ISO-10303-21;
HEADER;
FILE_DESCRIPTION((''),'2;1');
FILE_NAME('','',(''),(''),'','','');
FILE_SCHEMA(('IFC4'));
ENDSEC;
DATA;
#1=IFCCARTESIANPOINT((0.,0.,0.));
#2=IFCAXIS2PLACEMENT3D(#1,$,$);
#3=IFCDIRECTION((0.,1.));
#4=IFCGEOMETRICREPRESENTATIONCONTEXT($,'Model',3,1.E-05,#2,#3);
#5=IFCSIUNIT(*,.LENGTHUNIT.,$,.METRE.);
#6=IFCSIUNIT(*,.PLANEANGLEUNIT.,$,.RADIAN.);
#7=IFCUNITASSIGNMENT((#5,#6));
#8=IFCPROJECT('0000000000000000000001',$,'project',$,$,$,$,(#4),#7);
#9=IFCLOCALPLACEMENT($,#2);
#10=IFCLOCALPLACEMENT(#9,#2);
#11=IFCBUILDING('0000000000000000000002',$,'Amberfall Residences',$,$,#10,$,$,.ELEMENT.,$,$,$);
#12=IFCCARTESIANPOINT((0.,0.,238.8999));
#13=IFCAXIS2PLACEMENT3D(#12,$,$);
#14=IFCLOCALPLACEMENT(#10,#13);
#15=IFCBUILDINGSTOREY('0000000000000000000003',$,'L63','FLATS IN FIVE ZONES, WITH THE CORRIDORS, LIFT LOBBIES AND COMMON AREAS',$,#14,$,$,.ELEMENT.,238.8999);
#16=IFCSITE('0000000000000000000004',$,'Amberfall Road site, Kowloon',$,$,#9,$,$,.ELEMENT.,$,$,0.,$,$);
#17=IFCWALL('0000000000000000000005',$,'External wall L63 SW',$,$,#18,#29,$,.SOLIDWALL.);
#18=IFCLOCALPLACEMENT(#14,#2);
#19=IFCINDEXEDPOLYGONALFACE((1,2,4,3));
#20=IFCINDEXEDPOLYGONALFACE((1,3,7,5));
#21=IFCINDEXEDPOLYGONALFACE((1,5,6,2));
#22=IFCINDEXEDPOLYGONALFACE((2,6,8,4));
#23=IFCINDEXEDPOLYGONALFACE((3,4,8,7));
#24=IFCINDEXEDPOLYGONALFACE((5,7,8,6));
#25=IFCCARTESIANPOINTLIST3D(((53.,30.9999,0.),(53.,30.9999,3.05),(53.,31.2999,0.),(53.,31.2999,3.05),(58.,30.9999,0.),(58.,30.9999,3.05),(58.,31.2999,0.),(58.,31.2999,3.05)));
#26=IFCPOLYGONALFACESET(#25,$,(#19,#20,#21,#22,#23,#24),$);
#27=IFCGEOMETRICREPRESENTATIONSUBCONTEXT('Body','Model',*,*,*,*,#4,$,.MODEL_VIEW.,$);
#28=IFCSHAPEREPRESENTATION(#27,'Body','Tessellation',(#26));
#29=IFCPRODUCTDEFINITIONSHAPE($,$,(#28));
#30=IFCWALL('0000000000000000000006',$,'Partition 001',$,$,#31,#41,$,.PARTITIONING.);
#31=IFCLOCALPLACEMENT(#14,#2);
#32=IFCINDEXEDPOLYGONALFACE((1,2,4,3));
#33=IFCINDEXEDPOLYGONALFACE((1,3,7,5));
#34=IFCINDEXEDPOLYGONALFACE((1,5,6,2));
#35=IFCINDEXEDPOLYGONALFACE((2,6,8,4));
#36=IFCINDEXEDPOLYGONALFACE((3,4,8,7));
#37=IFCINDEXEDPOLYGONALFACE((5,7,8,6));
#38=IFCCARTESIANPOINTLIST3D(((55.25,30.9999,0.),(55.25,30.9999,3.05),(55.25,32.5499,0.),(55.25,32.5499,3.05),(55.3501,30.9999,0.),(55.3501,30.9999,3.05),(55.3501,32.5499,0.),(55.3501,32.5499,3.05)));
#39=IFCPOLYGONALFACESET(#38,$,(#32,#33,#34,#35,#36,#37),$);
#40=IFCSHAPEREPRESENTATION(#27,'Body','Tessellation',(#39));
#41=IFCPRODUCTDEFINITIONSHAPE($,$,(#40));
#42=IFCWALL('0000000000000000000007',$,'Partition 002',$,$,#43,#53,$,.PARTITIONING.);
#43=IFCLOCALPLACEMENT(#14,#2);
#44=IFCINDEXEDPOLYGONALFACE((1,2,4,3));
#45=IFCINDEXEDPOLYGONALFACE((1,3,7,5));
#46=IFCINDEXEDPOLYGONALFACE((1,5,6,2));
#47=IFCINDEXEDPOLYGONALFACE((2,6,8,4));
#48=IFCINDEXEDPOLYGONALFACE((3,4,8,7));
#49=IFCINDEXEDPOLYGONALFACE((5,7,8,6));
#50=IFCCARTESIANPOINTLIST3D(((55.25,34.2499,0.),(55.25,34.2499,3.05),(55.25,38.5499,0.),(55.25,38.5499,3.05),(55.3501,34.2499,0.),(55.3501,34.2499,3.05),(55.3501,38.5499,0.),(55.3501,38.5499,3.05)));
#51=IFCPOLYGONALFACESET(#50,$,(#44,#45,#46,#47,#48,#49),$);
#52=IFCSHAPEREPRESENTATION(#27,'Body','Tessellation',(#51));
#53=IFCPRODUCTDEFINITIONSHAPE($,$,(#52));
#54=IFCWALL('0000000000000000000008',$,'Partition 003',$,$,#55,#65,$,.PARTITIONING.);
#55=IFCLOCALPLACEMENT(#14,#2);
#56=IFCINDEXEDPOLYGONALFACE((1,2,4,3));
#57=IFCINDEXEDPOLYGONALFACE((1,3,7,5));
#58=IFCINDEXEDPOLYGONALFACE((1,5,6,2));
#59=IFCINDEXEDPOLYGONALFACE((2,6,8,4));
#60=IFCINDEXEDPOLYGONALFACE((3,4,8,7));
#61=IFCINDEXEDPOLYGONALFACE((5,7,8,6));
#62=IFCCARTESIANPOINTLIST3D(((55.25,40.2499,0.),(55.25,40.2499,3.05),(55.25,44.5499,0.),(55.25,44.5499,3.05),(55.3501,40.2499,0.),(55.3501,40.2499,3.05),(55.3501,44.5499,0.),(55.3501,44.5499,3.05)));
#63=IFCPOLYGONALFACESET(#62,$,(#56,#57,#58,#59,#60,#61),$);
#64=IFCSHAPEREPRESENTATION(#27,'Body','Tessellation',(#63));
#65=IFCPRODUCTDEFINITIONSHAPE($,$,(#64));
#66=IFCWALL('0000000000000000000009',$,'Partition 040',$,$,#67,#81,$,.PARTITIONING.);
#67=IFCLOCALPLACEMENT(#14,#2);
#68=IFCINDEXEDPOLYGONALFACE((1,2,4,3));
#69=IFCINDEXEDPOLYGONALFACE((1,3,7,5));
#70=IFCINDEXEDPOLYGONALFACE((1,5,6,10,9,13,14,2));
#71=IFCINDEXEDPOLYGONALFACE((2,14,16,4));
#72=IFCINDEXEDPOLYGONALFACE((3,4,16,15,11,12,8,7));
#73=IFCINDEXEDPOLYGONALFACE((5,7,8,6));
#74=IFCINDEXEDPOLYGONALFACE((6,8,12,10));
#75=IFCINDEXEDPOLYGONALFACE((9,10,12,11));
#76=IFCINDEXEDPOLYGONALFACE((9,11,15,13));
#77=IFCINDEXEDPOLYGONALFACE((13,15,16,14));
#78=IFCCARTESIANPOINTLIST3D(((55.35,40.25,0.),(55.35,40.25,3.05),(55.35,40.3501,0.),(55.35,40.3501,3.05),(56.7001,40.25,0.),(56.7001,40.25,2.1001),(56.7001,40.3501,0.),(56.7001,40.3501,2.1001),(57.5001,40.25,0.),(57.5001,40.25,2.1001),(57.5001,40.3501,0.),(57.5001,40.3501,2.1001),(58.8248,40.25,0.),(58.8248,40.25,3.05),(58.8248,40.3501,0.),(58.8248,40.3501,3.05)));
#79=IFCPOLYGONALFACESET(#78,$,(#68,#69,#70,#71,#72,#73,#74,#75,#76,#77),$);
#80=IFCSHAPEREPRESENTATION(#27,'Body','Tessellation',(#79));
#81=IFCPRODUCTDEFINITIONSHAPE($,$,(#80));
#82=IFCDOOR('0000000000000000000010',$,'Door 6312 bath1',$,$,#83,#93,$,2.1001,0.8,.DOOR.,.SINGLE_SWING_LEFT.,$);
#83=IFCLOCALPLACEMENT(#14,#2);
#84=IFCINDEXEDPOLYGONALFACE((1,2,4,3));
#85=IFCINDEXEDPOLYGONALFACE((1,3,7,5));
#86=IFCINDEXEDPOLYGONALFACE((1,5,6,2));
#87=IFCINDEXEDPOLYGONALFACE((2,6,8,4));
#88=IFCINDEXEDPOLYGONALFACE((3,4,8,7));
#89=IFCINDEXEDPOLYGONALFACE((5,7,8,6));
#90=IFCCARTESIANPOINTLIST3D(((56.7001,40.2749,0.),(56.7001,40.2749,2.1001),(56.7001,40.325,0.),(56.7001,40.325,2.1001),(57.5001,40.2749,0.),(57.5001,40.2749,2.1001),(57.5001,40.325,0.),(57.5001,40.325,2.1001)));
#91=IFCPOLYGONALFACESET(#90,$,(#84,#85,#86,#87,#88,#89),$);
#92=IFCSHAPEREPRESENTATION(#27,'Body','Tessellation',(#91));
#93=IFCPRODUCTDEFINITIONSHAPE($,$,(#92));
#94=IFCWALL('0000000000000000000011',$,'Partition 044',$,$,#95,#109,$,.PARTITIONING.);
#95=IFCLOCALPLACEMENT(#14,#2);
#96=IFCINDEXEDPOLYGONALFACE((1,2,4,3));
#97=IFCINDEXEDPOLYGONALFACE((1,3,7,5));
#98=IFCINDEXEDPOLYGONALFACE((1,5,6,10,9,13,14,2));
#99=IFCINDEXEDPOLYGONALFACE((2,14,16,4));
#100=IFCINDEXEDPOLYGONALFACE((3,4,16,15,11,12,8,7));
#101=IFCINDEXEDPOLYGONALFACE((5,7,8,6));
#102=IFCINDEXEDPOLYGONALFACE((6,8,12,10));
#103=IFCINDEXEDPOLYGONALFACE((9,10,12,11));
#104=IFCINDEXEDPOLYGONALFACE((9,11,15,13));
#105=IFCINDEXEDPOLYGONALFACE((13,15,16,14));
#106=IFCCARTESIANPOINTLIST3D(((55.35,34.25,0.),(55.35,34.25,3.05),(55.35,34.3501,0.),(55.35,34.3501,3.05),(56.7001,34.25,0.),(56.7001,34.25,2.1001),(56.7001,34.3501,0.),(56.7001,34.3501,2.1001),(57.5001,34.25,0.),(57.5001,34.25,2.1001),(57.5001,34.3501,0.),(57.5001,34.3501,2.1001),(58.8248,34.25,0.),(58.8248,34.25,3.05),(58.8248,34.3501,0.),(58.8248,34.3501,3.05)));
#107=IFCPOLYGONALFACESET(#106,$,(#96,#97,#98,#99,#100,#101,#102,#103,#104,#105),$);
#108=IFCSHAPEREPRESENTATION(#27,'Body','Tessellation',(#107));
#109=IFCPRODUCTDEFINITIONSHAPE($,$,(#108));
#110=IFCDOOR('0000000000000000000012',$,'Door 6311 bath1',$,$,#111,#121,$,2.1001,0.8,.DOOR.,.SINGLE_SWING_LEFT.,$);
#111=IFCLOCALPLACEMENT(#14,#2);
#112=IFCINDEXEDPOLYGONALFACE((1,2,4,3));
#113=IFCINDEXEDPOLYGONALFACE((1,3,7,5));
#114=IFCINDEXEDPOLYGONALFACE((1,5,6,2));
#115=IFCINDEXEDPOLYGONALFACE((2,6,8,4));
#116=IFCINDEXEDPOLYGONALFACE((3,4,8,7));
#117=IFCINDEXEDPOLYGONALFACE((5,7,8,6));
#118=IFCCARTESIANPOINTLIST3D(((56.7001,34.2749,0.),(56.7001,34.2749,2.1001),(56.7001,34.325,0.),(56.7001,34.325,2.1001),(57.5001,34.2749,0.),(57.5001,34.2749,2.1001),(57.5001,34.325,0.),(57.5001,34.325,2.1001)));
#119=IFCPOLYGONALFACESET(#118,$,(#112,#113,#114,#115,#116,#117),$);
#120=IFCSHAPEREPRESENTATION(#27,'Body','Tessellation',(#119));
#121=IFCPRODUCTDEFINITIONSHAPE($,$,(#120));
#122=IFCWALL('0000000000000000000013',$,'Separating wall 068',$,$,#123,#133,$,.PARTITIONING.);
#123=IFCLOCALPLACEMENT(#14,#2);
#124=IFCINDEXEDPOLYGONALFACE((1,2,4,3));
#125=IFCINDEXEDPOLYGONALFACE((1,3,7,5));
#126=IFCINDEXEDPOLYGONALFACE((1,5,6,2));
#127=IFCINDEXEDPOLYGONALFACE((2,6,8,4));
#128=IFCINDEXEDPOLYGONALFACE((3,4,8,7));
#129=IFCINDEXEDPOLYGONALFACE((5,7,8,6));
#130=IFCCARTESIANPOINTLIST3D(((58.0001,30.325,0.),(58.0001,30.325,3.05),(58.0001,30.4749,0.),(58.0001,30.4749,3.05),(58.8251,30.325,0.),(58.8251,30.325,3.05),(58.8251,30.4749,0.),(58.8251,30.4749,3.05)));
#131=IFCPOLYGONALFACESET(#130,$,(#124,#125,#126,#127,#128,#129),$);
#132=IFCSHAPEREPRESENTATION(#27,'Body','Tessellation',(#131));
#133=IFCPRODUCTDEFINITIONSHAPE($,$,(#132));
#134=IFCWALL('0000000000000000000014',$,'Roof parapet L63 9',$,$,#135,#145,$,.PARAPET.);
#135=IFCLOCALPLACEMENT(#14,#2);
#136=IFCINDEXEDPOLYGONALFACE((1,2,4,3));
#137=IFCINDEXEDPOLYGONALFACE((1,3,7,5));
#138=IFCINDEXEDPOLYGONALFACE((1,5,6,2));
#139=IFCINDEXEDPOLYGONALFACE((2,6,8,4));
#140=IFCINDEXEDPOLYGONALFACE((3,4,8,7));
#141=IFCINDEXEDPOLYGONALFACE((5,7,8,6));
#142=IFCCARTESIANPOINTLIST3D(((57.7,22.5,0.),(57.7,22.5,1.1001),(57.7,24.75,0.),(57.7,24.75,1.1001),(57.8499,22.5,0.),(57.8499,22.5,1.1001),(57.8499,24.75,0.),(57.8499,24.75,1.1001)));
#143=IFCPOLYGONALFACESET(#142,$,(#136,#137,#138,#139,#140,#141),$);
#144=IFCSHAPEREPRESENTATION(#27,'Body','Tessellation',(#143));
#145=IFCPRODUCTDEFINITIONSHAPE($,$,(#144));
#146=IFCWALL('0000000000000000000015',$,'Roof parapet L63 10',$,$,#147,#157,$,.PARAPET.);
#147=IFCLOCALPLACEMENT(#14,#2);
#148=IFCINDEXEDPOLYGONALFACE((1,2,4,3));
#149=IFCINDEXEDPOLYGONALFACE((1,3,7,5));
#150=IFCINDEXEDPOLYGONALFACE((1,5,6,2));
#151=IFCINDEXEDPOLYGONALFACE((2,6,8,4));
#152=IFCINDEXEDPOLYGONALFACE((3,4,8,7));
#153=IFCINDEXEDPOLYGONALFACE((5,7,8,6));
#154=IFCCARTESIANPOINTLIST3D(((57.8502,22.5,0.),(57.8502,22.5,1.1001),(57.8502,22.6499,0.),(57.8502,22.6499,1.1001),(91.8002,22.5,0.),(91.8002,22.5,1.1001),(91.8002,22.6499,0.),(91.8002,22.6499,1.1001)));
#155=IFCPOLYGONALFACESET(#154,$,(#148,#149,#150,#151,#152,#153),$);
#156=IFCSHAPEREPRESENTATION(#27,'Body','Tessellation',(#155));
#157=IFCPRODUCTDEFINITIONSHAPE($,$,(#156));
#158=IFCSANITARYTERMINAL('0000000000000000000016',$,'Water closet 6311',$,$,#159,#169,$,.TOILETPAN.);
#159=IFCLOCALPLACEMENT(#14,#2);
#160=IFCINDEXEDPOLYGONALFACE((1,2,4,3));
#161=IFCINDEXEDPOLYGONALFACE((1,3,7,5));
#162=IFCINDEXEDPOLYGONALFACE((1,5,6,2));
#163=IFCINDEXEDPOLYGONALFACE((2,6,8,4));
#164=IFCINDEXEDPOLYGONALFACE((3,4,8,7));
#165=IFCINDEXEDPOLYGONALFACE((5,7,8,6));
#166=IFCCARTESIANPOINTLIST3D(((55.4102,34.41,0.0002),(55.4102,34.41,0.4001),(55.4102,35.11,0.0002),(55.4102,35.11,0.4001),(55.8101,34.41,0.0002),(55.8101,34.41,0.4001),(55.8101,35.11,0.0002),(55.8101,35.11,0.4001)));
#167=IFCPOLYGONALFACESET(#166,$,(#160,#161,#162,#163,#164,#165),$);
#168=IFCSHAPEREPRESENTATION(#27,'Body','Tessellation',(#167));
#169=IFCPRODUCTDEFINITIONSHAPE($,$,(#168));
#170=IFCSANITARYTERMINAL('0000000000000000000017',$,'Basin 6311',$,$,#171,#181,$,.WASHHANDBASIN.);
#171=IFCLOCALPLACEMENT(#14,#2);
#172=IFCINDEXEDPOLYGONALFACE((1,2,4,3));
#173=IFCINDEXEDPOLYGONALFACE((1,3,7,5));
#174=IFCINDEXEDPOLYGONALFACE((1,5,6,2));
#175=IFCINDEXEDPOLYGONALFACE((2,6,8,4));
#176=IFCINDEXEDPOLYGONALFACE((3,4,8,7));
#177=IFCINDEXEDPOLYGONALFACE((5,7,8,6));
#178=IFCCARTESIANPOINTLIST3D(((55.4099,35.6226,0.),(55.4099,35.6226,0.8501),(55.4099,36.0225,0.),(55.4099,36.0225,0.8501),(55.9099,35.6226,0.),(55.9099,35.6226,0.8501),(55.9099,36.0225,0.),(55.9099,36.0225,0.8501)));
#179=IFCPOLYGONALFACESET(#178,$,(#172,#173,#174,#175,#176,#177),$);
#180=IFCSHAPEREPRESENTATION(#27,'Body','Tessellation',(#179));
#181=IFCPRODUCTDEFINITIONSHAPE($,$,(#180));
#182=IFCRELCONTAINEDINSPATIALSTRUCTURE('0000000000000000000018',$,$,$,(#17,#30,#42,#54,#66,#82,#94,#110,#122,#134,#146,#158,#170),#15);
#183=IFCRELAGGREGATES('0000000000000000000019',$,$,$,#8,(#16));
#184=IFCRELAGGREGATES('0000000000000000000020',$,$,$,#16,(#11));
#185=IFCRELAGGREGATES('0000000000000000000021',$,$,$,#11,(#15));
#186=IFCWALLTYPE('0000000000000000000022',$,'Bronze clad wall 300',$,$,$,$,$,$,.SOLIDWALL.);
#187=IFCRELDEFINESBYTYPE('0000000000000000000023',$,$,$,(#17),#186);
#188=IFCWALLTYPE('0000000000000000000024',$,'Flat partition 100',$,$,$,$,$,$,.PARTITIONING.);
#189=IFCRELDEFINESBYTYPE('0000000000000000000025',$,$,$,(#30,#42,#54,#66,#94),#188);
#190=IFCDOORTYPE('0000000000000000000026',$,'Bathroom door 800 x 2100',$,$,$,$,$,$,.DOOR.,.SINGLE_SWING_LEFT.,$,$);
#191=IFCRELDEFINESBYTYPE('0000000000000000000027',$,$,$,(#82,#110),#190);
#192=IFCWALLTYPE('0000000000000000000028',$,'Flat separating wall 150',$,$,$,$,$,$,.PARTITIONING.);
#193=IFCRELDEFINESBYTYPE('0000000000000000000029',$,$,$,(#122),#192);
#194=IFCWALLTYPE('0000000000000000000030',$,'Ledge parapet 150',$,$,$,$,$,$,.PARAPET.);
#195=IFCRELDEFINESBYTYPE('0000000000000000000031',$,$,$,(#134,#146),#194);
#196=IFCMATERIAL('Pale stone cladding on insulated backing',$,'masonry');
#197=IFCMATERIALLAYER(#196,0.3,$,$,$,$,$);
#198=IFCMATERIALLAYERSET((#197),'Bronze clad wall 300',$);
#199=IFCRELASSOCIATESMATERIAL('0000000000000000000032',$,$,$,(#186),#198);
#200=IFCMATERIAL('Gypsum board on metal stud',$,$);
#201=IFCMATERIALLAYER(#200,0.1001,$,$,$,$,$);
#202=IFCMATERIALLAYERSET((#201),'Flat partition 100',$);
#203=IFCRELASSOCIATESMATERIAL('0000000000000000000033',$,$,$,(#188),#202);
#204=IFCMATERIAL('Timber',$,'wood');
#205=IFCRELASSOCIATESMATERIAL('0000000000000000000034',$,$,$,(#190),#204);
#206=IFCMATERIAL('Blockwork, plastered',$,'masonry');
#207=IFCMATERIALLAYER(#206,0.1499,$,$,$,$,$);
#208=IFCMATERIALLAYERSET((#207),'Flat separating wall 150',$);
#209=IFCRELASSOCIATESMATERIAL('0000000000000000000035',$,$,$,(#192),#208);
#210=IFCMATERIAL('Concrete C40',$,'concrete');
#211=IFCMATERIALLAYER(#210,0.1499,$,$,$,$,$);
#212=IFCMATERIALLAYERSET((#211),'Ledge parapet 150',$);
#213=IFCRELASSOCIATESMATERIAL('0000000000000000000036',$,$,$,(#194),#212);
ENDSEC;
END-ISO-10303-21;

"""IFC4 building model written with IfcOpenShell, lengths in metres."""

from ifc_helpers import new_model, si_unit, direction, frame, frame_2d, origin, origin_2d, place, context, subcontext, project, spatial, rectangle, extrude, material, layer, layer_set, type_object, element, fill, save


model = new_model("IFC4")

# Units and contexts
model_context = context("Model", 3, precision=1e-05, world=origin(), true_north=direction((0.0, 1.0)))
body_context = subcontext(model_context, "Body", "Model", "MODEL_VIEW")
ifc_project = project(units=[si_unit("LENGTHUNIT", "METRE"), si_unit("PLANEANGLEUNIT", "RADIAN")], contexts=[model_context])

# Site, building, storey
site_placement = place(None, origin())
site = spatial("IfcSite", under=ifc_project, at=site_placement, Name="Amberfall Road site, Kowloon", CompositionType="ELEMENT", RefElevation=0.0)
building_placement = place(site_placement, origin())
building = spatial("IfcBuilding", under=site, at=building_placement, Name="Amberfall Residences", CompositionType="ELEMENT")
storey_placement = place(building_placement, frame((0.0, 0.0, 238.8999)))
storey = spatial("IfcBuildingStorey", under=building, at=storey_placement, Name="L63", Description="FLATS IN FIVE ZONES, WITH THE CORRIDORS, LIFT LOBBIES AND COMMON AREAS", CompositionType="ELEMENT", Elevation=238.8999)

# Walls
ifc_material_1 = material(Name="Pale stone cladding on insulated backing", Category="masonry")
ifc_layer_1 = layer(ifc_material_1, 0.3)
ifc_layer_set_1 = layer_set([ifc_layer_1], Name="Bronze clad wall 300")
wall_type_1 = type_object("IfcWallType", Name="Bronze clad wall 300", PredefinedType="SOLIDWALL", material=ifc_layer_set_1)
wall_1_placement = place(storey_placement, frame((53.0, 31.1499, 0.0), z_axis=(0.0, 0.0, 1.0), x_axis=(1.0, 0.0, 0.0)))
element("IfcWall", 1, at=wall_1_placement, inside=storey, type_object=wall_type_1, Name="External wall L63 SW", PredefinedType="SOLIDWALL", context=body_context, shape_type="SweptSolid", body=[
    extrude(rectangle(XDim=5.0, YDim=0.3, at=frame_2d((2.5, 0.0))), origin(), (0.0, 0.0, 1.0), 3.05),
])
ifc_material_2 = material(Name="Gypsum board on metal stud")
ifc_layer_2 = layer(ifc_material_2, 0.1001)
ifc_layer_set_2 = layer_set([ifc_layer_2], Name="Flat partition 100")
wall_type_2 = type_object("IfcWallType", Name="Flat partition 100", PredefinedType="PARTITIONING", material=ifc_layer_set_2)
wall_2_placement = place(storey_placement, frame((55.3, 31.0, 0.0), z_axis=(0.0, 0.0, 1.0), x_axis=(0.0, 1.0, 0.0)))
element("IfcWall", 2, at=wall_2_placement, inside=storey, type_object=wall_type_2, Name="Partition 001", PredefinedType="PARTITIONING", context=body_context, shape_type="SweptSolid", body=[
    extrude(rectangle(XDim=1.55, YDim=0.1001, at=frame_2d((0.7749, 0.0))), origin(), (0.0, 0.0, 1.0), 3.05),
])
for number, where, z_axis, x_axis, name in (
    (3, (55.3, 34.25, 0.0), (0.0, 0.0, 1.0), (0.0, 1.0, 0.0), "Partition 002"),
    (4, (55.3, 40.25, 0.0), (0.0, 0.0, 1.0), (0.0, 1.0, 0.0), "Partition 003"),
):
    element("IfcWall", number, at=place(storey_placement, frame(where, z_axis=z_axis, x_axis=x_axis)), inside=storey, type_object=wall_type_2, Name=name, PredefinedType="PARTITIONING", context=body_context, shape_type="SweptSolid", body=[
        extrude(rectangle(XDim=4.3, YDim=0.1001, at=frame_2d((2.1499, 0.0))), origin(), (0.0, 0.0, 1.0), 3.05),
    ])

# Walls, openings, doors
wall_3_placement = place(storey_placement, frame((55.3501, 40.3, 0.0), z_axis=(0.0, 0.0, 1.0), x_axis=(1.0, 0.0, 0.0)))
wall_3 = element("IfcWall", 5, at=wall_3_placement, inside=storey, type_object=wall_type_2, Name="Partition 040", PredefinedType="PARTITIONING", context=body_context, shape_type="SweptSolid", body=[
    extrude(rectangle(XDim=3.4749, YDim=0.1001, at=frame_2d((1.7373, 0.0))), origin(), (0.0, 0.0, 1.0), 3.05),
])
opening_1_placement = place(wall_3_placement, frame((1.3501, 0.0, 0.0)))
opening_1 = element("IfcOpeningElement", 6, at=opening_1_placement, cuts=wall_3, PredefinedType="OPENING", context=body_context, shape_type="SweptSolid", body=[
    extrude(rectangle(XDim=0.8, YDim=2.1001, at=frame_2d((0.3999, 1.05))), frame((0.0, 0.0601, 0.0), z_axis=(0.0, -1.0, 0.0), x_axis=(1.0, 0.0, 0.0)), (0.0, 0.0, 1.0), 0.1201),
])
ifc_material_3 = material(Name="Timber", Category="wood")
door_type = type_object("IfcDoorType", Name="Bathroom door 800 x 2100", OperationType="SINGLE_SWING_LEFT", PredefinedType="DOOR", material=ifc_material_3)
door_1_placement = place(opening_1_placement, origin())
door_1 = element("IfcDoor", 7, at=door_1_placement, inside=storey, type_object=door_type, Name="Door 6312 bath1", OperationType="SINGLE_SWING_LEFT", OverallHeight=2.1001, OverallWidth=0.8, PredefinedType="DOOR", context=body_context, shape_type="SweptSolid", body=[
    extrude(rectangle(XDim=0.8, YDim=2.1001, at=frame_2d((0.3999, 1.05))), frame((0.0, 0.0249, 0.0), z_axis=(0.0, -1.0, 0.0), x_axis=(1.0, 0.0, 0.0)), (0.0, 0.0, 1.0), 0.05),
])
fill(opening_1, door_1)
wall_4_placement = place(storey_placement, frame((55.3501, 34.3, 0.0), z_axis=(0.0, 0.0, 1.0), x_axis=(1.0, 0.0, 0.0)))
wall_4 = element("IfcWall", 8, at=wall_4_placement, inside=storey, type_object=wall_type_2, Name="Partition 044", PredefinedType="PARTITIONING", context=body_context, shape_type="SweptSolid", body=[
    extrude(rectangle(XDim=3.4749, YDim=0.1001, at=frame_2d((1.7373, 0.0))), origin(), (0.0, 0.0, 1.0), 3.05),
])
opening_2_placement = place(wall_4_placement, frame((1.3501, 0.0, 0.0)))
opening_2 = element("IfcOpeningElement", 9, at=opening_2_placement, cuts=wall_4, PredefinedType="OPENING", context=body_context, shape_type="SweptSolid", body=[
    extrude(rectangle(XDim=0.8, YDim=2.1001, at=frame_2d((0.3999, 1.05))), frame((0.0, 0.0601, 0.0), z_axis=(0.0, -1.0, 0.0), x_axis=(1.0, 0.0, 0.0)), (0.0, 0.0, 1.0), 0.1201),
])
door_2_placement = place(opening_2_placement, origin())
door_2 = element("IfcDoor", 10, at=door_2_placement, inside=storey, type_object=door_type, Name="Door 6311 bath1", OperationType="SINGLE_SWING_LEFT", OverallHeight=2.1001, OverallWidth=0.8, PredefinedType="DOOR", context=body_context, shape_type="SweptSolid", body=[
    extrude(rectangle(XDim=0.8, YDim=2.1001, at=frame_2d((0.3999, 1.05))), frame((0.0, 0.0249, 0.0), z_axis=(0.0, -1.0, 0.0), x_axis=(1.0, 0.0, 0.0)), (0.0, 0.0, 1.0), 0.05),
])
fill(opening_2, door_2)

# Walls
ifc_material_4 = material(Name="Blockwork, plastered", Category="masonry")
ifc_layer_3 = layer(ifc_material_4, 0.1499)
ifc_layer_set_3 = layer_set([ifc_layer_3], Name="Flat separating wall 150")
wall_type_3 = type_object("IfcWallType", Name="Flat separating wall 150", PredefinedType="PARTITIONING", material=ifc_layer_set_3)
wall_5_placement = place(storey_placement, frame((58.0, 30.3999, 0.0), z_axis=(0.0, 0.0, 1.0), x_axis=(1.0, 0.0, 0.0)))
element("IfcWall", 11, at=wall_5_placement, inside=storey, type_object=wall_type_3, Name="Separating wall 068", PredefinedType="PARTITIONING", context=body_context, shape_type="SweptSolid", body=[
    extrude(rectangle(XDim=0.825, YDim=0.1499, at=frame_2d((0.4126, 0.0))), origin(), (0.0, 0.0, 1.0), 3.05),
])
ifc_material_5 = material(Name="Concrete C40", Category="concrete")
ifc_layer_4 = layer(ifc_material_5, 0.1499)
ifc_layer_set_4 = layer_set([ifc_layer_4], Name="Ledge parapet 150")
wall_type_4 = type_object("IfcWallType", Name="Ledge parapet 150", PredefinedType="PARAPET", material=ifc_layer_set_4)
wall_6_placement = place(storey_placement, frame((57.7749, 24.75, 0.0), z_axis=(0.0, 0.0, 1.0), x_axis=(0.0, -1.0, 0.0)))
element("IfcWall", 12, at=wall_6_placement, inside=storey, type_object=wall_type_4, Name="Roof parapet L63 9", PredefinedType="PARAPET", context=body_context, shape_type="SweptSolid", body=[
    extrude(rectangle(XDim=2.25, YDim=0.1499, at=frame_2d((1.125, 0.0))), origin(), (0.0, 0.0, 1.0), 1.1001),
])
wall_7_placement = place(storey_placement, frame((57.8501, 22.575, 0.0), z_axis=(0.0, 0.0, 1.0), x_axis=(1.0, 0.0, 0.0)))
element("IfcWall", 13, at=wall_7_placement, inside=storey, type_object=wall_type_4, Name="Roof parapet L63 10", PredefinedType="PARAPET", context=body_context, shape_type="SweptSolid", body=[
    extrude(rectangle(XDim=33.95, YDim=0.1499, at=frame_2d((16.9751, 0.0))), origin(), (0.0, 0.0, 1.0), 1.1001),
])

# Sanitary terminals
sanitary_terminal_1_placement = place(storey_placement, frame((55.6101, 34.76, 0.0002), z_axis=(0.0, 0.0, 1.0), x_axis=(1.0, 0.0, 0.0)))
element("IfcSanitaryTerminal", 14, at=sanitary_terminal_1_placement, inside=storey, Name="Water closet 6311", PredefinedType="TOILETPAN", context=body_context, shape_type="SweptSolid", body=[
    extrude(rectangle(XDim=0.3999, YDim=0.7, at=origin_2d()), origin(), (0.0, 0.0, 1.0), 0.3999),
])
sanitary_terminal_2_placement = place(storey_placement, frame((55.6599, 35.8225, 0.0), z_axis=(0.0, 0.0, 1.0), x_axis=(1.0, 0.0, 0.0)))
element("IfcSanitaryTerminal", 15, at=sanitary_terminal_2_placement, inside=storey, Name="Basin 6311", PredefinedType="WASHHANDBASIN", context=body_context, shape_type="SweptSolid", body=[
    extrude(rectangle(XDim=0.5, YDim=0.3999, at=origin_2d()), origin(), (0.0, 0.0, 1.0), 0.8501),
])

save(model, "model.ifc")
